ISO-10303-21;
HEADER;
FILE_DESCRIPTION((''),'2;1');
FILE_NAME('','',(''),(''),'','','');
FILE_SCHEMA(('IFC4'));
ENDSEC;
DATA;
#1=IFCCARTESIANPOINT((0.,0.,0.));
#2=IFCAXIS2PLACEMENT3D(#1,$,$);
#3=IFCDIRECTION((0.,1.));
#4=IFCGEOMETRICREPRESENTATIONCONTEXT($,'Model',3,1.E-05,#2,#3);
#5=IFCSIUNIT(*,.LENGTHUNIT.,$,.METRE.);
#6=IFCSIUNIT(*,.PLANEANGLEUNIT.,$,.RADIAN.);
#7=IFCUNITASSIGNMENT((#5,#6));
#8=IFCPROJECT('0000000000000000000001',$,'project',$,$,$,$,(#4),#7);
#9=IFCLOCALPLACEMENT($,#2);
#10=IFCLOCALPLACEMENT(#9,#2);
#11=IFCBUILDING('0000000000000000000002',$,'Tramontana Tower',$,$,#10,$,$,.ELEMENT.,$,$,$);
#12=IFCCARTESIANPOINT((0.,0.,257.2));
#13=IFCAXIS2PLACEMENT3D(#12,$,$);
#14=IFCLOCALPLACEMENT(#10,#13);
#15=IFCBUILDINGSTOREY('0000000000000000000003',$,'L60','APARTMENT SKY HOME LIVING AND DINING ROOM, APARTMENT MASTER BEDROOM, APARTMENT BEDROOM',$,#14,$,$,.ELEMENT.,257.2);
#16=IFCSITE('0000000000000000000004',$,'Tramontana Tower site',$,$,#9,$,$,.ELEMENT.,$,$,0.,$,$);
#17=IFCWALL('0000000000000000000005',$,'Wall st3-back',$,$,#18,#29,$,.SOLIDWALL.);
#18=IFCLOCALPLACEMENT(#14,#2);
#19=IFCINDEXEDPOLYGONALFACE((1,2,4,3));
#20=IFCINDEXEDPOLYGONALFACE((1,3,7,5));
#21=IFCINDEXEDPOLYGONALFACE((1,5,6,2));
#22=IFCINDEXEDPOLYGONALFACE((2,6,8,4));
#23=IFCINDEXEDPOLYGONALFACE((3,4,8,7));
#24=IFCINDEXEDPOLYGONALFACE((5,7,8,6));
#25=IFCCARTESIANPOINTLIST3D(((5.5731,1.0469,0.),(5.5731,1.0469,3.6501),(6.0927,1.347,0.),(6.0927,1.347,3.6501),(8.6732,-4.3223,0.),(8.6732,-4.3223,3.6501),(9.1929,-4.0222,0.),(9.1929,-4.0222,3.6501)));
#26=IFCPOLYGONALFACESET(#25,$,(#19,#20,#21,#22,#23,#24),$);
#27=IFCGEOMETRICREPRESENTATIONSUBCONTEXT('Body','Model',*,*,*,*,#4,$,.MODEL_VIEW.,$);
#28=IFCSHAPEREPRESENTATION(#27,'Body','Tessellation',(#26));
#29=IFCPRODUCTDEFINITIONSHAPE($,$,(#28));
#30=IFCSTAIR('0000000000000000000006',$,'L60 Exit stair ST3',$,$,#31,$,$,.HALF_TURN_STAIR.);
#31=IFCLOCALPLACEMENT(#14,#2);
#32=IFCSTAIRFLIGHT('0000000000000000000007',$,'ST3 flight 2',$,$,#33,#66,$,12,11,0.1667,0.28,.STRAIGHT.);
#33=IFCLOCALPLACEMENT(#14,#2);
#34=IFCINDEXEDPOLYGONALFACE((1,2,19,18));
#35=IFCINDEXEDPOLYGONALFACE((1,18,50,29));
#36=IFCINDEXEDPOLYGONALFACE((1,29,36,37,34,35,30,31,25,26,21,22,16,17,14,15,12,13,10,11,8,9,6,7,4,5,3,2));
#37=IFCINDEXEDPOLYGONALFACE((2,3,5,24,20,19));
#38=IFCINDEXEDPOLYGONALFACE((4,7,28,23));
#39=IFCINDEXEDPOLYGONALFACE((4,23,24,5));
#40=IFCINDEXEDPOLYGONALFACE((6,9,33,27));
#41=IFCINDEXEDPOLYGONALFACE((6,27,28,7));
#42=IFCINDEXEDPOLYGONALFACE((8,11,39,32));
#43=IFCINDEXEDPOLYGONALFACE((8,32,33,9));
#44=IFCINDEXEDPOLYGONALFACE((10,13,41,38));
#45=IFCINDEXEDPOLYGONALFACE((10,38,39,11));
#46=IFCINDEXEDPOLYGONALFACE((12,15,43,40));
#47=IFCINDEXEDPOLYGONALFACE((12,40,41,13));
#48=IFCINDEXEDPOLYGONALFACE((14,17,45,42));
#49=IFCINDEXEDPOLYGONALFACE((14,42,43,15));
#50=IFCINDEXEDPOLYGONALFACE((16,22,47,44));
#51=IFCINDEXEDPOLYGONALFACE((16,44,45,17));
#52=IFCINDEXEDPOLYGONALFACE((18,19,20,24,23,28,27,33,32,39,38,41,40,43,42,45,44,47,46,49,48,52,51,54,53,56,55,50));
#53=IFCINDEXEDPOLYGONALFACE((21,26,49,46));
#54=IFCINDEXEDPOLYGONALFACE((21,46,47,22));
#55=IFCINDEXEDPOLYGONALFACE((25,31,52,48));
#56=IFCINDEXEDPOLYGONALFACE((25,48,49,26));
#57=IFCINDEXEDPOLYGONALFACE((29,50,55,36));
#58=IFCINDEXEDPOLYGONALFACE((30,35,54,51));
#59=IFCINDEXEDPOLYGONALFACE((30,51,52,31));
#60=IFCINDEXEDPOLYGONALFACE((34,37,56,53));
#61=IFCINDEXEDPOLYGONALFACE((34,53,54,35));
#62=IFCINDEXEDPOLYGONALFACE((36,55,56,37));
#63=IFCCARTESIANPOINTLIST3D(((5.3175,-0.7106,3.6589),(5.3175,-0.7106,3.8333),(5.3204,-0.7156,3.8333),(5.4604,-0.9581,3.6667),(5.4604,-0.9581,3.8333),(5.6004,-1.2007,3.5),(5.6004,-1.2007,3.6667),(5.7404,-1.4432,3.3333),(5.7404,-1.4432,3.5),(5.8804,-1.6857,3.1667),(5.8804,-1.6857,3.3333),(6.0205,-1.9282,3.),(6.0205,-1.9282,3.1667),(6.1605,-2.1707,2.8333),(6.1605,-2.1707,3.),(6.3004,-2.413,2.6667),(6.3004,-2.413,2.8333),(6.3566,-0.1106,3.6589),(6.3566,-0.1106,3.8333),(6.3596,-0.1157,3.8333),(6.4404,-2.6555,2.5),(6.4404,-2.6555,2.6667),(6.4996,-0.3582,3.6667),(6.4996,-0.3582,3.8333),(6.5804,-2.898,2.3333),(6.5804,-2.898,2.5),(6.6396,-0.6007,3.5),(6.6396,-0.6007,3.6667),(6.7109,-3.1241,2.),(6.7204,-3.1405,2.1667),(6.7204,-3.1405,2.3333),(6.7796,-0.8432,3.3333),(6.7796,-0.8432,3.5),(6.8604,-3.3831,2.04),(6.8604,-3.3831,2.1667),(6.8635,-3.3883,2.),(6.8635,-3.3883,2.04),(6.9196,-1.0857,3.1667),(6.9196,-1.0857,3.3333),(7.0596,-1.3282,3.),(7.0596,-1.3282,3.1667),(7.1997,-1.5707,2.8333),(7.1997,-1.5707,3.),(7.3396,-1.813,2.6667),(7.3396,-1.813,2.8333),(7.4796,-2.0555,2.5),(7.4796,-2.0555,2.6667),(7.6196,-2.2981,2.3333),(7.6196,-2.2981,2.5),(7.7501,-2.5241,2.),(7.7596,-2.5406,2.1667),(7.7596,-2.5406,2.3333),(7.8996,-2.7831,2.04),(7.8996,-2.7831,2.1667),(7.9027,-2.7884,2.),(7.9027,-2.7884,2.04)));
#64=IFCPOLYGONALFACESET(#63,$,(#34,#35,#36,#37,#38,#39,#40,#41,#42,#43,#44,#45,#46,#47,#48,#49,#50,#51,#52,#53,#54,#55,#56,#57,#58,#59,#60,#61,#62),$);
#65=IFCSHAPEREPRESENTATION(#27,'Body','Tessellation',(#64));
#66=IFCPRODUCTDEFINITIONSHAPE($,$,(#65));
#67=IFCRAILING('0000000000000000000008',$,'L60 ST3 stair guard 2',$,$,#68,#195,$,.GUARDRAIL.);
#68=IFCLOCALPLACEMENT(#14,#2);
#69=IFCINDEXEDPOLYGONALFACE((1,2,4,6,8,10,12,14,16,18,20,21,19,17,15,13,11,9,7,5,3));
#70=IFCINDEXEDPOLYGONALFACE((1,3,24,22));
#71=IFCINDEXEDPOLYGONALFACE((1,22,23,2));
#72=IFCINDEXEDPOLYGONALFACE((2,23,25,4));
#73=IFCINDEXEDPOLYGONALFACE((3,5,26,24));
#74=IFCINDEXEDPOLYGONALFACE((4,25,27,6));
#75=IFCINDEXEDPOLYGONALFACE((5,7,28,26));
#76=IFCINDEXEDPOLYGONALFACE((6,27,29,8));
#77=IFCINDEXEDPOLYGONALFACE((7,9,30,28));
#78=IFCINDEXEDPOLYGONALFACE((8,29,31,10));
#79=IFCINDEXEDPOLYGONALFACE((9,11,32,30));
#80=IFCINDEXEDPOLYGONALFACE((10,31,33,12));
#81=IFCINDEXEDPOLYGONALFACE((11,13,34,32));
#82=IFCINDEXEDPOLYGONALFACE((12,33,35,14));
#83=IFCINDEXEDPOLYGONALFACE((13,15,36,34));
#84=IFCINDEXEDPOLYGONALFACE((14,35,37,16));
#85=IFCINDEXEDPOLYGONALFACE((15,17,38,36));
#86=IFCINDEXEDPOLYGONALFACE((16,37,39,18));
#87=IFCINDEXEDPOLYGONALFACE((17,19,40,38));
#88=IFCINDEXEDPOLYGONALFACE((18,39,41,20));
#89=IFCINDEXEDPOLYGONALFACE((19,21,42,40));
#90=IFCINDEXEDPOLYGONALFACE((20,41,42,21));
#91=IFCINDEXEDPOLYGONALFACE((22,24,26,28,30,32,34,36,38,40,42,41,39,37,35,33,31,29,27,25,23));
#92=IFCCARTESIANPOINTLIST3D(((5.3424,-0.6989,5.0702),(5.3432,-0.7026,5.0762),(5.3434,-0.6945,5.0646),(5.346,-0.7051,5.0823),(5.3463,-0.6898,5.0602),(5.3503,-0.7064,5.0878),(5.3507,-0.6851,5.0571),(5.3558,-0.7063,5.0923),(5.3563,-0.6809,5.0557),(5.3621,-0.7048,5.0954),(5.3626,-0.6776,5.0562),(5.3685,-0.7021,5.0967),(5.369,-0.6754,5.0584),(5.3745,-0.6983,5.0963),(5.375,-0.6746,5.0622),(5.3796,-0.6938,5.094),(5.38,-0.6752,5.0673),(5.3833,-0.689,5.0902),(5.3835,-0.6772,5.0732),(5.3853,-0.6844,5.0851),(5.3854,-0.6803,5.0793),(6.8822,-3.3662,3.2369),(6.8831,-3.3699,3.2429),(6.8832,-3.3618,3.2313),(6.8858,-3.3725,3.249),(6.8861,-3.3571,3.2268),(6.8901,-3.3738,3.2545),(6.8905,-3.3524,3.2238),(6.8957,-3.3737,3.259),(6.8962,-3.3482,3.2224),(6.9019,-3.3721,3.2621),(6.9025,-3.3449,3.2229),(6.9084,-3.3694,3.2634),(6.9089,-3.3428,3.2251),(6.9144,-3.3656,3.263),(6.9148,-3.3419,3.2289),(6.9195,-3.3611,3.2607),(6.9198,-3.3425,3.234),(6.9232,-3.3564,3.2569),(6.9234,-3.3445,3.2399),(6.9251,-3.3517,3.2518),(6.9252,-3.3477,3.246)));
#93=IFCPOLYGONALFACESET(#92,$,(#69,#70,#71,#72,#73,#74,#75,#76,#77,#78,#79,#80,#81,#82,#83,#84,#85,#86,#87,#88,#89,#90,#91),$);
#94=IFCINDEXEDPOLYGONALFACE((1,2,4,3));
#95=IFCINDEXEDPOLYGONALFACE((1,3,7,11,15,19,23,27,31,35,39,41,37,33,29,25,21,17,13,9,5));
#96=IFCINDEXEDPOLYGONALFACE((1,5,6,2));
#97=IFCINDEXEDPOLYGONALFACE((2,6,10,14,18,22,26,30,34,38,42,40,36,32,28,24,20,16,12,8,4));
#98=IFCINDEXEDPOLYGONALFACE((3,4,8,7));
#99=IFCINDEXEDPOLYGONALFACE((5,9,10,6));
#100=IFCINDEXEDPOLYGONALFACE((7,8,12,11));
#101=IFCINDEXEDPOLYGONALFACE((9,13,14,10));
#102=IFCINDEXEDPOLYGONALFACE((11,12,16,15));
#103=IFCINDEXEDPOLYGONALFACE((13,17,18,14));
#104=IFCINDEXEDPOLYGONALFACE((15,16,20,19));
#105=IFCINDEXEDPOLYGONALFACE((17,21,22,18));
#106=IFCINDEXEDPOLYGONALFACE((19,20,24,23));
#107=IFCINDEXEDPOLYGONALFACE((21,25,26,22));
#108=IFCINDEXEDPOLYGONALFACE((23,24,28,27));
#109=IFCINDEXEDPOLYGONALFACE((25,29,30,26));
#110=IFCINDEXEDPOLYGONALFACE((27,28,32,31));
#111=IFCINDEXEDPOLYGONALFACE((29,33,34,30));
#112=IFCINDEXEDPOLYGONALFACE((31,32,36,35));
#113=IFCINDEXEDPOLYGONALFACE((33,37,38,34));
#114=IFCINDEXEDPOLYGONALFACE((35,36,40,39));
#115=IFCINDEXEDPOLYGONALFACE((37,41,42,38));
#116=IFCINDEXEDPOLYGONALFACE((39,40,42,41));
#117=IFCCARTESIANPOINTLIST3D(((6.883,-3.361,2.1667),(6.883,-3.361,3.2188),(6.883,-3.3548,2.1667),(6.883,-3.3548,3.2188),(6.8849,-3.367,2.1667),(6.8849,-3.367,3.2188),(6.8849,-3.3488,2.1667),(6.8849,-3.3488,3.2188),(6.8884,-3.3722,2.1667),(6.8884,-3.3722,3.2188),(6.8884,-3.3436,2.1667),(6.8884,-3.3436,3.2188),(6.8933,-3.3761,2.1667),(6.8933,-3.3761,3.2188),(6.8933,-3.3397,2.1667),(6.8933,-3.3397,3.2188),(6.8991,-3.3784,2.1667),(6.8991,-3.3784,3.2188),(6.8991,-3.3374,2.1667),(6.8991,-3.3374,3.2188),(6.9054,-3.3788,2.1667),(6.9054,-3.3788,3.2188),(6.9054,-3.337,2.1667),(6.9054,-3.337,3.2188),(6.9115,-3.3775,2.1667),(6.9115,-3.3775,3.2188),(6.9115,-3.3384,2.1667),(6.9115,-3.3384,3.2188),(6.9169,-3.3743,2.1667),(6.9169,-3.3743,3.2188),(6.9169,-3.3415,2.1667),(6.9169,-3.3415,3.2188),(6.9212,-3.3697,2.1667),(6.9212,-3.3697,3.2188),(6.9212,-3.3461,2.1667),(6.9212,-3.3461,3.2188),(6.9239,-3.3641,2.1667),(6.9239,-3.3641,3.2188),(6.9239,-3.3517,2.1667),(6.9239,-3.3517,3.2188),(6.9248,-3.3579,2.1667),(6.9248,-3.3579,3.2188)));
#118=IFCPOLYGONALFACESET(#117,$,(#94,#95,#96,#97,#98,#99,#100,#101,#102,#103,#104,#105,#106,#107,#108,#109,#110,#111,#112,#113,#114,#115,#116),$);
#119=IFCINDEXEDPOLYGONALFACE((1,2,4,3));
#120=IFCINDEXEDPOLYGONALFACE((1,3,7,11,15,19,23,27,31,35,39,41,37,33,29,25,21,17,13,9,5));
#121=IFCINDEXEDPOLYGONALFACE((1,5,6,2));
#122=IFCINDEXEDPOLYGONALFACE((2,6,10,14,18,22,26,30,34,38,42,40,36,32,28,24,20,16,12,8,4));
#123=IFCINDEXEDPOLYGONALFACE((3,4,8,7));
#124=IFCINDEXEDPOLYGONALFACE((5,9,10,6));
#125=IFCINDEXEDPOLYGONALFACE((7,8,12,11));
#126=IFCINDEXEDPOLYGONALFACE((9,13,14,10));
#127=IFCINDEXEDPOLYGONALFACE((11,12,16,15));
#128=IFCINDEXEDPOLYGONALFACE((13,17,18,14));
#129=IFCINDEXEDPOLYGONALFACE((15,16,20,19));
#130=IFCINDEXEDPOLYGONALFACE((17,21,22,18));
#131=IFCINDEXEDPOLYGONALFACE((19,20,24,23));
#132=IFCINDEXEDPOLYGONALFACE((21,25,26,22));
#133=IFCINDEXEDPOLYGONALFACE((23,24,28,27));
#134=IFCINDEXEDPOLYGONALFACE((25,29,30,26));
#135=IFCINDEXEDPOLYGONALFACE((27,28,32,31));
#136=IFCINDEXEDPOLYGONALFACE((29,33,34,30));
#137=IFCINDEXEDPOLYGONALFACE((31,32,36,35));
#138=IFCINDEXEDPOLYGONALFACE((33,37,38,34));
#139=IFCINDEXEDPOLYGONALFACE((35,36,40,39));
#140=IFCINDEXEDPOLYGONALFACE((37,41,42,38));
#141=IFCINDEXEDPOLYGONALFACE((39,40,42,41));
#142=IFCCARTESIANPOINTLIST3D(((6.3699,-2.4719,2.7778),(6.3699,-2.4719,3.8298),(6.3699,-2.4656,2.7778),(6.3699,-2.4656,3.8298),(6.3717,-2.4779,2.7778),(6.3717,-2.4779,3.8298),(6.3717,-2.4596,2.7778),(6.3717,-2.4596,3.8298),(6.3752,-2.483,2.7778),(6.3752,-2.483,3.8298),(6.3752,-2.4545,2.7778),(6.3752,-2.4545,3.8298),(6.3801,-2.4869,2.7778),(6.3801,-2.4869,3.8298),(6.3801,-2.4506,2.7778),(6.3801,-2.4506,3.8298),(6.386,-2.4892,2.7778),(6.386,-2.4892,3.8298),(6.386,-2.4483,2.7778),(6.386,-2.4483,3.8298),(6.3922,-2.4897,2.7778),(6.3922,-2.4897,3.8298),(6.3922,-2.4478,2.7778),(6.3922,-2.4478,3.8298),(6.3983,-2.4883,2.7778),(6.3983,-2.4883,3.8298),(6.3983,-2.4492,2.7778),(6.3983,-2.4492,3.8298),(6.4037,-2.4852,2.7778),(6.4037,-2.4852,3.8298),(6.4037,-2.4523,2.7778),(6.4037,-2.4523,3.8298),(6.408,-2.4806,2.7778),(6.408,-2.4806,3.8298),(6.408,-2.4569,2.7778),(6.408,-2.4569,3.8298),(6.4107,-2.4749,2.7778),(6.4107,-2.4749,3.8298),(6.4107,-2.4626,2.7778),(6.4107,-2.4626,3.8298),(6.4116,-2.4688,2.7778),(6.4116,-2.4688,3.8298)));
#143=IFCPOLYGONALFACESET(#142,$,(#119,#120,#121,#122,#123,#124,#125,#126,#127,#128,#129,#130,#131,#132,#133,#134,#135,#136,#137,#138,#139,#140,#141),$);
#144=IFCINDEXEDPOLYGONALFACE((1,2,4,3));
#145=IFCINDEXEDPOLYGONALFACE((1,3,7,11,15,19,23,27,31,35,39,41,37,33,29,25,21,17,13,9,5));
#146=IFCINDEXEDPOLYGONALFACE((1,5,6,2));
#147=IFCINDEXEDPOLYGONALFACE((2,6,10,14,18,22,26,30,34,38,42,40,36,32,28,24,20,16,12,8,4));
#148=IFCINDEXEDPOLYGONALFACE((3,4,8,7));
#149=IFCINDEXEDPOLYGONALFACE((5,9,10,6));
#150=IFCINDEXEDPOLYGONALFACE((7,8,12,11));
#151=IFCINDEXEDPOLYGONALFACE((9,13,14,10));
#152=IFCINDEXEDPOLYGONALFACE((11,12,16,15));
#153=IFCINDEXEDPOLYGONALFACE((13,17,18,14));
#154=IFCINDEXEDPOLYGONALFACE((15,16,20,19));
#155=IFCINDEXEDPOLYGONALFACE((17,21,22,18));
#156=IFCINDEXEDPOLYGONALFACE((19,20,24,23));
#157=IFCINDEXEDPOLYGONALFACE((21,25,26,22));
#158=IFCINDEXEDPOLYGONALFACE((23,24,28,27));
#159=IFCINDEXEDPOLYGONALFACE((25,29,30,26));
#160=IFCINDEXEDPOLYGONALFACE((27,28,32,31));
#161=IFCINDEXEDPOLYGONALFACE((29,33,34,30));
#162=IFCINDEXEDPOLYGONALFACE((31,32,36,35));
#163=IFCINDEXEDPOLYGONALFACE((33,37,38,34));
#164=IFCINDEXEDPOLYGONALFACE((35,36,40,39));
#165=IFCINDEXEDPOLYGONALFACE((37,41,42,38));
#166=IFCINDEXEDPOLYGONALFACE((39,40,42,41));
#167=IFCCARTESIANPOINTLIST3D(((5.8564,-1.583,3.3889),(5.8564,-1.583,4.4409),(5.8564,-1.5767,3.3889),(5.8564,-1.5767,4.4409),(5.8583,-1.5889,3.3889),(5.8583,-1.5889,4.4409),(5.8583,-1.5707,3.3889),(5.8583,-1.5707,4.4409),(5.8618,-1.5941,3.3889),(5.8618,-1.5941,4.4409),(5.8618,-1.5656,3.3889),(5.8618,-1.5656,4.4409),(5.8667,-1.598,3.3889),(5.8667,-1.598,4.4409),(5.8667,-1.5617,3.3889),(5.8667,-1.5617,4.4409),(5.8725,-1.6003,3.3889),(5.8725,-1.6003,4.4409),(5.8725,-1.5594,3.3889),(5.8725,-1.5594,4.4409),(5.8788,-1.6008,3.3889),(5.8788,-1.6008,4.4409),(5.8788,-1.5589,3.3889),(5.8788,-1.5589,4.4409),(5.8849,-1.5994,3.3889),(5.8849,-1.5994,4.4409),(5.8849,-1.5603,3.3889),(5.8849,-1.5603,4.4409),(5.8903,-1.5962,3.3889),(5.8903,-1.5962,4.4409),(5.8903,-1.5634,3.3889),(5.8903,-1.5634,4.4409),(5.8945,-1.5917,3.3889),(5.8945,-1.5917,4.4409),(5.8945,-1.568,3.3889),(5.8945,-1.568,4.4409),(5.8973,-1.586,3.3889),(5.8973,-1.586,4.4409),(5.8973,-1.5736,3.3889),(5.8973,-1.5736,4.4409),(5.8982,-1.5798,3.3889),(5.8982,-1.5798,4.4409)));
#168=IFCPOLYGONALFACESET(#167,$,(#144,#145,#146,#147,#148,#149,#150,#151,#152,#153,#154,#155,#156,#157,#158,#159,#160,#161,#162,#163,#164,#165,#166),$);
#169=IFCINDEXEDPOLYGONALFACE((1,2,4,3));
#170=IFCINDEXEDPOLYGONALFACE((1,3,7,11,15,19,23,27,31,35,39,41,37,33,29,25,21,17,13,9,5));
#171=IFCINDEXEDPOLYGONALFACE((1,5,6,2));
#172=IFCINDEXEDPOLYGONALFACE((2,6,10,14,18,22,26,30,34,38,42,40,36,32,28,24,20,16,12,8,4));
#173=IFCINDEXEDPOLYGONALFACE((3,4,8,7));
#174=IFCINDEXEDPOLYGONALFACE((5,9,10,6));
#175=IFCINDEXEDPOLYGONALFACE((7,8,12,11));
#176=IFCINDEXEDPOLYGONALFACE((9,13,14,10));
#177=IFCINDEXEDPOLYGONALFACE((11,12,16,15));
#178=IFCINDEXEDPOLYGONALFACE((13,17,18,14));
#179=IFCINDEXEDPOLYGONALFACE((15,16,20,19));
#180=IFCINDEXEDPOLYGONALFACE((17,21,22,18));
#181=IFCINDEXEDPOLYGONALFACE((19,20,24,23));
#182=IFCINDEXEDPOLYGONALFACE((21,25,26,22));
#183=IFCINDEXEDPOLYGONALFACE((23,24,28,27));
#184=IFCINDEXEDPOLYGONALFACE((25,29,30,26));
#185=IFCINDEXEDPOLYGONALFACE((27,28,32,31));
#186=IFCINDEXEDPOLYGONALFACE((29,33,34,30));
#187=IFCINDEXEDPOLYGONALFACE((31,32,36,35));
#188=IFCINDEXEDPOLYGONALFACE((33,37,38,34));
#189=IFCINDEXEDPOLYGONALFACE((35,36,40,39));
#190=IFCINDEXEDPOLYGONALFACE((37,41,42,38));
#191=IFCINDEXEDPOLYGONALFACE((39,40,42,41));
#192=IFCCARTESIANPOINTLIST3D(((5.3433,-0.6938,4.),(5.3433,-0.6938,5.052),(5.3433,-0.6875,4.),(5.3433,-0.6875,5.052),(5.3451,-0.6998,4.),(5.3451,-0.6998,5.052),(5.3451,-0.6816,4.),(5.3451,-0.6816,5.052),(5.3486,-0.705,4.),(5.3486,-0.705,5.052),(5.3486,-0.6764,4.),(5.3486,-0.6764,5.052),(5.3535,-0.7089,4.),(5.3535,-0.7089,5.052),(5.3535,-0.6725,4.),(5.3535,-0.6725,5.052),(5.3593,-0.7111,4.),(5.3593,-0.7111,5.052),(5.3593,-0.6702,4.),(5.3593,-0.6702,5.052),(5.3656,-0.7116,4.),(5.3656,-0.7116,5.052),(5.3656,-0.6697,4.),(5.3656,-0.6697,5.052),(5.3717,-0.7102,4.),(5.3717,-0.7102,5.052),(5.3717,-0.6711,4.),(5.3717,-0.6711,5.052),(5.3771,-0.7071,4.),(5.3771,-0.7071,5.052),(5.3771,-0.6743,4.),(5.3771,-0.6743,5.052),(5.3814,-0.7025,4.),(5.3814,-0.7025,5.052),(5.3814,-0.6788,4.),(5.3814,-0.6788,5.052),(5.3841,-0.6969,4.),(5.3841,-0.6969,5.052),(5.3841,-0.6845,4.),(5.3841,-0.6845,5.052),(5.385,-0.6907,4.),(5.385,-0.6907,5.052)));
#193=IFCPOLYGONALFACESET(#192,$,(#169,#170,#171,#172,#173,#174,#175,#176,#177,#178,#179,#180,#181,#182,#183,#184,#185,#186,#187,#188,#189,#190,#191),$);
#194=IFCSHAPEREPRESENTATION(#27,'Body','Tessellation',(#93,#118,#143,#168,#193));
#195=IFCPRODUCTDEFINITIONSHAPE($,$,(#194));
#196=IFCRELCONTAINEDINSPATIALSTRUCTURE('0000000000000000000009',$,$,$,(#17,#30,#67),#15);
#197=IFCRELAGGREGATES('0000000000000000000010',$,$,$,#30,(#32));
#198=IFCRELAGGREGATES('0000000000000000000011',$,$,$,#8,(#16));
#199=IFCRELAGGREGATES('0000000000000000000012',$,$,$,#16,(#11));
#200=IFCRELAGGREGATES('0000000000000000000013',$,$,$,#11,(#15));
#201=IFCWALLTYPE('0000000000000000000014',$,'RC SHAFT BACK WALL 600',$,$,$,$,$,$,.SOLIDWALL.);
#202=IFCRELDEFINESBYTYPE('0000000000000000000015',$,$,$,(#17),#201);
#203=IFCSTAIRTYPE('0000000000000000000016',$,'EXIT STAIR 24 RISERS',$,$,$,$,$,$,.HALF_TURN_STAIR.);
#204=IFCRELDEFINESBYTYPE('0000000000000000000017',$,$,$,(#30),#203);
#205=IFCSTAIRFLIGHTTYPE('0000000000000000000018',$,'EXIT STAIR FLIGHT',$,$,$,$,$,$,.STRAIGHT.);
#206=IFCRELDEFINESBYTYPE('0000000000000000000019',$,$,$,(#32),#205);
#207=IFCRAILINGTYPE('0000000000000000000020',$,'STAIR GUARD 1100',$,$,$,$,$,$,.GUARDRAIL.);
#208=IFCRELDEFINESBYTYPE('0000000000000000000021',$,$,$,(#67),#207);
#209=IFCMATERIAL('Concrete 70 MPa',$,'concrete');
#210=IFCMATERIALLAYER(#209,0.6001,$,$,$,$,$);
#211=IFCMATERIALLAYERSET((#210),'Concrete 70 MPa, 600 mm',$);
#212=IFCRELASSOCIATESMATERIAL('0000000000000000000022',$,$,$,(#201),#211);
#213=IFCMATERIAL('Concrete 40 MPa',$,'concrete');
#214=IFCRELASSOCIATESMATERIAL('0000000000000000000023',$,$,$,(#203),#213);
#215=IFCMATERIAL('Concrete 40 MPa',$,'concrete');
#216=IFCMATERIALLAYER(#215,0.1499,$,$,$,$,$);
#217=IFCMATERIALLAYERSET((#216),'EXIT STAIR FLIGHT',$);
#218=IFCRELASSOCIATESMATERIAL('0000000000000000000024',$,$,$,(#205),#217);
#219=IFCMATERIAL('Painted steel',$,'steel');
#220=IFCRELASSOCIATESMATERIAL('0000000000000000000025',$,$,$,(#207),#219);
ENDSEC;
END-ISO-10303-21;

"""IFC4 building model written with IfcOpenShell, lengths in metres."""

from ifc_helpers import new_model, si_unit, direction, frame, frame_2d, origin, origin_2d, place, context, subcontext, project, spatial, polyline, rectangle, circle, outline, extrude, material, layer, layer_set, type_object, element, aggregate, save


model = new_model("IFC4")

# Units and contexts
model_context = context("Model", 3, precision=1e-05, world=origin(), true_north=direction((0.0, 1.0)))
body_context = subcontext(model_context, "Body", "Model", "MODEL_VIEW")
ifc_project = project(units=[si_unit("LENGTHUNIT", "METRE"), si_unit("PLANEANGLEUNIT", "RADIAN")], contexts=[model_context])

# Site, building, storey
site_placement = place(None, origin())
site = spatial("IfcSite", under=ifc_project, at=site_placement, Name="Tramontana Tower site", CompositionType="ELEMENT", RefElevation=0.0)
building_placement = place(site_placement, origin())
building = spatial("IfcBuilding", under=site, at=building_placement, Name="Tramontana Tower", CompositionType="ELEMENT")
storey_placement = place(building_placement, frame((0.0, 0.0, 257.2)))
storey = spatial("IfcBuildingStorey", under=building, at=storey_placement, Name="L60", Description="APARTMENT SKY HOME LIVING AND DINING ROOM, APARTMENT MASTER BEDROOM, APARTMENT BEDROOM", CompositionType="ELEMENT", Elevation=257.2)

# Wall
ifc_material_1 = material(Name="Concrete 70 MPa", Category="concrete")
ifc_layer_1 = layer(ifc_material_1, 0.6001)
ifc_layer_set_1 = layer_set([ifc_layer_1], Name="Concrete 70 MPa, 600 mm")
wall_type_1 = type_object("IfcWallType", Name="RC SHAFT BACK WALL 600", PredefinedType="SOLIDWALL", material=ifc_layer_set_1)
wall_1_placement = place(storey_placement, frame((8.9331, -4.1724, 0.0), z_axis=(0.0, 0.0, 1.0), x_axis=(-0.500027, 0.86601, 0.0)))
element("IfcWall", 1, at=wall_1_placement, inside=storey, type_object=wall_type_1, Name="Wall st3-back", PredefinedType="SOLIDWALL", context=body_context, shape_type="SweptSolid", body=[
    extrude(rectangle(XDim=6.2, YDim=0.6001, at=frame_2d((3.1001, 0.0))), origin(), (0.0, 0.0, 1.0), 3.6501),
])

# Stair, stair flight
ifc_material_2 = material(Name="Concrete 40 MPa", Category="concrete")
stair_type = type_object("IfcStairType", Name="EXIT STAIR 24 RISERS", PredefinedType="HALF_TURN_STAIR", material=ifc_material_2)
stair_placement = place(storey_placement, origin())
stair = element("IfcStair", 2, at=stair_placement, inside=storey, type_object=stair_type, Name="L60 Exit stair ST3", PredefinedType="HALF_TURN_STAIR")
ifc_material_3 = material(Name="Concrete 40 MPa", Category="concrete")
ifc_layer_2 = layer(ifc_material_3, 0.1499)
ifc_layer_set_2 = layer_set([ifc_layer_2], Name="EXIT STAIR FLIGHT")
stair_flight_type = type_object("IfcStairFlightType", Name="EXIT STAIR FLIGHT", PredefinedType="STRAIGHT", material=ifc_layer_set_2)
stair_flight_placement = place(storey_placement, frame((7.3801, -3.083, 2.0), z_axis=(0.0, 0.0, 1.0), x_axis=(-0.5, 0.866025, 0.0)))
stair_flight = element("IfcStairFlight", 3, at=stair_flight_placement, type_object=stair_flight_type, Name="ST3 flight 2", NumberOfRisers=12, NumberOfTreads=11, PredefinedType="STRAIGHT", RiserHeight=0.1667, TreadLength=0.28, context=body_context, shape_type="SweptSolid", body=[
    extrude(outline(polyline([(-0.0061, 0.0), (-0.0061, 0.04), (0.0, 0.04), (0.0, 0.1667), (0.28, 0.1667), (0.28, 0.3333), (0.5601, 0.3333), (0.5601, 0.5), (0.8401, 0.5), (0.8401, 0.6667), (1.1201, 0.6667), (1.1201, 0.8333), (1.3999, 0.8333), (1.3999, 1.0), (1.6799, 1.0), (1.6799, 1.1667), (1.96, 1.1667), (1.96, 1.3333), (2.24, 1.3333), (2.24, 1.5), (2.52, 1.5), (2.52, 1.6667), (2.8, 1.6667), (2.8, 1.8333), (3.0801, 1.8333), (3.0859, 1.8333), (3.0859, 1.6589), (0.2991, 0.0), (-0.0061, 0.0)])), frame((0.0, 0.6001, 0.0), z_axis=(0.0, -1.0, 0.0), x_axis=(1.0, 0.0, 0.0)), (0.0, 0.0, 1.0), 1.2),
])
aggregate(stair, [stair_flight])

# Railing
ifc_material_4 = material(Name="Painted steel", Category="steel")
railing_type_1 = type_object("IfcRailingType", Name="STAIR GUARD 1100", PredefinedType="GUARDRAIL", material=ifc_material_4)
railing_1_placement = place(storey_placement, frame((6.9038, -3.3579, 2.1667)))
element("IfcRailing", 4, at=railing_1_placement, inside=storey, type_object=railing_type_1, Name="L60 ST3 stair guard 2", PredefinedType="GUARDRAIL", context=body_context, shape_type="SweptSolid", body=[
    extrude(circle(Radius=0.0239, at=origin_2d()), frame((0.0, 0.0, 1.0762), z_axis=(-0.429616, 0.744181, 0.511493), x_axis=(-0.866044, -0.499967, 0.0)), (0.0, 0.0, 1.0), 3.5842),
    extrude(circle(Radius=0.021, at=origin_2d()), origin(), (0.0, 0.0, 1.0), 1.052),
    extrude(circle(Radius=0.021, at=origin_2d()), frame((-0.5132, 0.8892, 0.6111)), (0.0, 0.0, 1.0), 1.052),
    extrude(circle(Radius=0.021, at=origin_2d()), frame((-1.0266, 1.7781, 1.2222)), (0.0, 0.0, 1.0), 1.052),
    extrude(circle(Radius=0.021, at=origin_2d()), frame((-1.5398, 2.6672, 1.8333)), (0.0, 0.0, 1.0), 1.052),
])

save(model, "model.ifc")
